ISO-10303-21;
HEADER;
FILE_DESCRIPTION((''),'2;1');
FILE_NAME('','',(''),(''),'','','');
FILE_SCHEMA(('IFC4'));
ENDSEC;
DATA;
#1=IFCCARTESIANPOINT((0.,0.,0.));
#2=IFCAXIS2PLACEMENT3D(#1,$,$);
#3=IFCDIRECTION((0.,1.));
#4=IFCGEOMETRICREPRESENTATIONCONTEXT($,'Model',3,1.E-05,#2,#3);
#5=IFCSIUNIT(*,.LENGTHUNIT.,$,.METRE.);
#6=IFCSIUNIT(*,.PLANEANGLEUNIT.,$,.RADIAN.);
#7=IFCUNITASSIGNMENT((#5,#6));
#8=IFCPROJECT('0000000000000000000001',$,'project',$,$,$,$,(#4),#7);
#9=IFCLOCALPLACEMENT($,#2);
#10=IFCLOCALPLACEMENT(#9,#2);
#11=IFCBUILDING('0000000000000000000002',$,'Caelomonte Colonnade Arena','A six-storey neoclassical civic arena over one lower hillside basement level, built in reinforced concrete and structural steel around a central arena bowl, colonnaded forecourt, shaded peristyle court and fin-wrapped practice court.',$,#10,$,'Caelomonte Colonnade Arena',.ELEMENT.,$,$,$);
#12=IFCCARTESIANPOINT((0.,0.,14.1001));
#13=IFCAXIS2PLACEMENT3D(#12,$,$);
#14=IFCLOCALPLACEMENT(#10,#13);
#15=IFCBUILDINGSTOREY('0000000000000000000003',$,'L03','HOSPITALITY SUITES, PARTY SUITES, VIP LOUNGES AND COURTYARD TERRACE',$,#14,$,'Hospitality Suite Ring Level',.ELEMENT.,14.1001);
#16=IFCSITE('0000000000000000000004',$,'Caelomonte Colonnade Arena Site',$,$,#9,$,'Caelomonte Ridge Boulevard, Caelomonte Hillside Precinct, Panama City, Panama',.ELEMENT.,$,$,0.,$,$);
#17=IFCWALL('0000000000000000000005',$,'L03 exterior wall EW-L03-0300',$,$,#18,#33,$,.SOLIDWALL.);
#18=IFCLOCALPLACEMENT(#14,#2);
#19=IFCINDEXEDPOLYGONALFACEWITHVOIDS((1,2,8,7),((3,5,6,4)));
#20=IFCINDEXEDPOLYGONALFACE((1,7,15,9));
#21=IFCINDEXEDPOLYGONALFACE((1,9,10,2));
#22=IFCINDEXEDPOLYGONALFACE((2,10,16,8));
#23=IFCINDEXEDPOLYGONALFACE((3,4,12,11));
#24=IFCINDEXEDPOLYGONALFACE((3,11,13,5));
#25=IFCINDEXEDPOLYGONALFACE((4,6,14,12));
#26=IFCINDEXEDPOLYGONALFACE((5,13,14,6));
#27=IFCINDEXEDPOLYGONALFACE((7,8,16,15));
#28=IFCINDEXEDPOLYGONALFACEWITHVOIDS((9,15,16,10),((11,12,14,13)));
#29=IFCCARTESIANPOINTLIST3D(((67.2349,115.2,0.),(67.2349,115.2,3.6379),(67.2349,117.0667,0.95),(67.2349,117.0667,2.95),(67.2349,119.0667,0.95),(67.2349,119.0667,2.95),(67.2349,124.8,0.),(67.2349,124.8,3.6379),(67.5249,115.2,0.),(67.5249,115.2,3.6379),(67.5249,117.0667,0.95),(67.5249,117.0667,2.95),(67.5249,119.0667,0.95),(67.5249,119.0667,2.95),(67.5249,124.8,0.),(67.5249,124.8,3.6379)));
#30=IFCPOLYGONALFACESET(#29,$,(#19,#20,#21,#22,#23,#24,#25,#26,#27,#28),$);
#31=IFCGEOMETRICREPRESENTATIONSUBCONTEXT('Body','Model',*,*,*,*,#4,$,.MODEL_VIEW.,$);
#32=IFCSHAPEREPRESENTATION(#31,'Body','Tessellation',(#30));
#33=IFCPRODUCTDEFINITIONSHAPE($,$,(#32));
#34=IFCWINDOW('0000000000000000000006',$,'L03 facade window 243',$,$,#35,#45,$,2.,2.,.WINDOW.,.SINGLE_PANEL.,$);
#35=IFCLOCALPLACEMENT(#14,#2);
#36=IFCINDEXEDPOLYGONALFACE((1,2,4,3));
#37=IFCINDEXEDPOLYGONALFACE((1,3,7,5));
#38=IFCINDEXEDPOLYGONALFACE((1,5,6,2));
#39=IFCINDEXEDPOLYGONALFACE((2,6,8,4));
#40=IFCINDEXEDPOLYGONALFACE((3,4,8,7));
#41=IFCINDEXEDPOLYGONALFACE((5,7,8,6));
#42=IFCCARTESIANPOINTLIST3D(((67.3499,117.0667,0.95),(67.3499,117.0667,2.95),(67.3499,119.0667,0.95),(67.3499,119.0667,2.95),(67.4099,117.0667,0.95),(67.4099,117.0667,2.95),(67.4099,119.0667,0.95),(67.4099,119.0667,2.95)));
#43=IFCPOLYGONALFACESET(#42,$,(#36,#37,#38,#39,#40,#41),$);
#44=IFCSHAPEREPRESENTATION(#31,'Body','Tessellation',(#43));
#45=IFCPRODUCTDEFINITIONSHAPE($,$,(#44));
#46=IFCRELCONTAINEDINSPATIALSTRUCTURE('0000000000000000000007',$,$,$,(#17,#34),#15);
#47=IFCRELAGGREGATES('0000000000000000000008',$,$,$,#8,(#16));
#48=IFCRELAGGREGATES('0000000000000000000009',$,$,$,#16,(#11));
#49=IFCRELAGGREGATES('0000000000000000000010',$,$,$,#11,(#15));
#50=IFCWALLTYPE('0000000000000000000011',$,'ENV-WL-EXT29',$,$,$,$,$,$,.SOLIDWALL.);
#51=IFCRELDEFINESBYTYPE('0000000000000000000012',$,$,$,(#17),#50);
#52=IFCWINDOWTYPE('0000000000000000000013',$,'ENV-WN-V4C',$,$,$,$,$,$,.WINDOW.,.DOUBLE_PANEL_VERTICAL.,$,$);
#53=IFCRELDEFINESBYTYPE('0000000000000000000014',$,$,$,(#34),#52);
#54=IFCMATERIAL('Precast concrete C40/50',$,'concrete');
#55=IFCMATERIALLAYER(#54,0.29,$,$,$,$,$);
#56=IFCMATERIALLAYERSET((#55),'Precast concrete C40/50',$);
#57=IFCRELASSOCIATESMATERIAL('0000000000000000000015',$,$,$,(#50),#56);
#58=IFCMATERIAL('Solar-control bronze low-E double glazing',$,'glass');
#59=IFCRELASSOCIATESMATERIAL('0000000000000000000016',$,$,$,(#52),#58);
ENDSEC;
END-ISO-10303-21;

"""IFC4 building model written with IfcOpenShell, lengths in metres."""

from ifc_helpers import new_model, si_unit, direction, frame, frame_2d, origin, place, context, subcontext, project, spatial, rectangle, extrude, material, layer, layer_set, type_object, element, fill, save


model = new_model("IFC4")

# Units and contexts
model_context = context("Model", 3, precision=1e-05, world=origin(), true_north=direction((0.0, 1.0)))
body_context = subcontext(model_context, "Body", "Model", "MODEL_VIEW")
ifc_project = project(units=[si_unit("LENGTHUNIT", "METRE"), si_unit("PLANEANGLEUNIT", "RADIAN")], contexts=[model_context])

# Site, building, storey
site_placement = place(None, origin())
site = spatial("IfcSite", under=ifc_project, at=site_placement, Name="Caelomonte Colonnade Arena Site", LongName="Caelomonte Ridge Boulevard, Caelomonte Hillside Precinct, Panama City, Panama", CompositionType="ELEMENT", RefElevation=0.0)
building_placement = place(site_placement, origin())
building = spatial("IfcBuilding", under=site, at=building_placement, Name="Caelomonte Colonnade Arena", Description="A six-storey neoclassical civic arena over one lower hillside basement level, built in reinforced concrete and structural steel around a central arena bowl, colonnaded forecourt, shaded peristyle court and fin-wrapped practice court.", LongName="Caelomonte Colonnade Arena", CompositionType="ELEMENT")
storey_placement = place(building_placement, frame((0.0, 0.0, 14.1001)))
storey = spatial("IfcBuildingStorey", under=building, at=storey_placement, Name="L03", Description="HOSPITALITY SUITES, PARTY SUITES, VIP LOUNGES AND COURTYARD TERRACE", LongName="Hospitality Suite Ring Level", CompositionType="ELEMENT", Elevation=14.1001)

# Shared definitions
ifc_material_1 = material(Name="Solar-control bronze low-E double glazing", Category="glass")

# Wall, opening, window
ifc_material_2 = material(Name="Precast concrete C40/50", Category="concrete")
ifc_layer_1 = layer(ifc_material_2, 0.29)
ifc_layer_set_1 = layer_set([ifc_layer_1], Name="Precast concrete C40/50")
wall_type = type_object("IfcWallType", Name="ENV-WL-EXT29", PredefinedType="SOLIDWALL", material=ifc_layer_set_1)
wall_placement = place(storey_placement, frame((67.3799, 124.8, 0.0), z_axis=(0.0, 0.0, 1.0), x_axis=(0.0, -1.0, 0.0)))
wall = element("IfcWall", 1, at=wall_placement, inside=storey, type_object=wall_type, Name="L03 exterior wall EW-L03-0300", PredefinedType="SOLIDWALL", context=body_context, shape_type="SweptSolid", body=[
    extrude(rectangle(XDim=9.6001, YDim=0.29, at=frame_2d((4.8, 0.0))), origin(), (0.0, 0.0, 1.0), 3.6379),
])
opening_placement = place(wall_placement, frame((7.7334, 0.0, 0.95), z_axis=(0.0, 0.0, 1.0), x_axis=(-1.0, 0.0, 0.0)))
opening = element("IfcOpeningElement", 2, at=opening_placement, cuts=wall, PredefinedType="OPENING", context=body_context, shape_type="SweptSolid", body=[
    extrude(rectangle(XDim=2.0, YDim=2.0, at=frame_2d((1.0, 1.0))), frame((0.0, 0.155, 0.0), z_axis=(0.0, -1.0, 0.0), x_axis=(1.0, 0.0, 0.0)), (0.0, 0.0, 1.0), 0.3101),
])
window_type = type_object("IfcWindowType", Name="ENV-WN-V4C", PartitioningType="DOUBLE_PANEL_VERTICAL", PredefinedType="WINDOW", material=ifc_material_1)
window_placement = place(opening_placement, origin())
window = element("IfcWindow", 3, at=window_placement, inside=storey, type_object=window_type, Name="L03 facade window 243", OverallHeight=2.0, OverallWidth=2.0, PartitioningType="SINGLE_PANEL", PredefinedType="WINDOW", context=body_context, shape_type="SweptSolid", body=[
    extrude(rectangle(XDim=2.0, YDim=2.0, at=frame_2d((1.0, 1.0))), frame((0.0, 0.03, 0.0), z_axis=(0.0, -1.0, 0.0), x_axis=(1.0, 0.0, 0.0)), (0.0, 0.0, 1.0), 0.0601),
])
fill(opening, window)

save(model, "model.ifc")
